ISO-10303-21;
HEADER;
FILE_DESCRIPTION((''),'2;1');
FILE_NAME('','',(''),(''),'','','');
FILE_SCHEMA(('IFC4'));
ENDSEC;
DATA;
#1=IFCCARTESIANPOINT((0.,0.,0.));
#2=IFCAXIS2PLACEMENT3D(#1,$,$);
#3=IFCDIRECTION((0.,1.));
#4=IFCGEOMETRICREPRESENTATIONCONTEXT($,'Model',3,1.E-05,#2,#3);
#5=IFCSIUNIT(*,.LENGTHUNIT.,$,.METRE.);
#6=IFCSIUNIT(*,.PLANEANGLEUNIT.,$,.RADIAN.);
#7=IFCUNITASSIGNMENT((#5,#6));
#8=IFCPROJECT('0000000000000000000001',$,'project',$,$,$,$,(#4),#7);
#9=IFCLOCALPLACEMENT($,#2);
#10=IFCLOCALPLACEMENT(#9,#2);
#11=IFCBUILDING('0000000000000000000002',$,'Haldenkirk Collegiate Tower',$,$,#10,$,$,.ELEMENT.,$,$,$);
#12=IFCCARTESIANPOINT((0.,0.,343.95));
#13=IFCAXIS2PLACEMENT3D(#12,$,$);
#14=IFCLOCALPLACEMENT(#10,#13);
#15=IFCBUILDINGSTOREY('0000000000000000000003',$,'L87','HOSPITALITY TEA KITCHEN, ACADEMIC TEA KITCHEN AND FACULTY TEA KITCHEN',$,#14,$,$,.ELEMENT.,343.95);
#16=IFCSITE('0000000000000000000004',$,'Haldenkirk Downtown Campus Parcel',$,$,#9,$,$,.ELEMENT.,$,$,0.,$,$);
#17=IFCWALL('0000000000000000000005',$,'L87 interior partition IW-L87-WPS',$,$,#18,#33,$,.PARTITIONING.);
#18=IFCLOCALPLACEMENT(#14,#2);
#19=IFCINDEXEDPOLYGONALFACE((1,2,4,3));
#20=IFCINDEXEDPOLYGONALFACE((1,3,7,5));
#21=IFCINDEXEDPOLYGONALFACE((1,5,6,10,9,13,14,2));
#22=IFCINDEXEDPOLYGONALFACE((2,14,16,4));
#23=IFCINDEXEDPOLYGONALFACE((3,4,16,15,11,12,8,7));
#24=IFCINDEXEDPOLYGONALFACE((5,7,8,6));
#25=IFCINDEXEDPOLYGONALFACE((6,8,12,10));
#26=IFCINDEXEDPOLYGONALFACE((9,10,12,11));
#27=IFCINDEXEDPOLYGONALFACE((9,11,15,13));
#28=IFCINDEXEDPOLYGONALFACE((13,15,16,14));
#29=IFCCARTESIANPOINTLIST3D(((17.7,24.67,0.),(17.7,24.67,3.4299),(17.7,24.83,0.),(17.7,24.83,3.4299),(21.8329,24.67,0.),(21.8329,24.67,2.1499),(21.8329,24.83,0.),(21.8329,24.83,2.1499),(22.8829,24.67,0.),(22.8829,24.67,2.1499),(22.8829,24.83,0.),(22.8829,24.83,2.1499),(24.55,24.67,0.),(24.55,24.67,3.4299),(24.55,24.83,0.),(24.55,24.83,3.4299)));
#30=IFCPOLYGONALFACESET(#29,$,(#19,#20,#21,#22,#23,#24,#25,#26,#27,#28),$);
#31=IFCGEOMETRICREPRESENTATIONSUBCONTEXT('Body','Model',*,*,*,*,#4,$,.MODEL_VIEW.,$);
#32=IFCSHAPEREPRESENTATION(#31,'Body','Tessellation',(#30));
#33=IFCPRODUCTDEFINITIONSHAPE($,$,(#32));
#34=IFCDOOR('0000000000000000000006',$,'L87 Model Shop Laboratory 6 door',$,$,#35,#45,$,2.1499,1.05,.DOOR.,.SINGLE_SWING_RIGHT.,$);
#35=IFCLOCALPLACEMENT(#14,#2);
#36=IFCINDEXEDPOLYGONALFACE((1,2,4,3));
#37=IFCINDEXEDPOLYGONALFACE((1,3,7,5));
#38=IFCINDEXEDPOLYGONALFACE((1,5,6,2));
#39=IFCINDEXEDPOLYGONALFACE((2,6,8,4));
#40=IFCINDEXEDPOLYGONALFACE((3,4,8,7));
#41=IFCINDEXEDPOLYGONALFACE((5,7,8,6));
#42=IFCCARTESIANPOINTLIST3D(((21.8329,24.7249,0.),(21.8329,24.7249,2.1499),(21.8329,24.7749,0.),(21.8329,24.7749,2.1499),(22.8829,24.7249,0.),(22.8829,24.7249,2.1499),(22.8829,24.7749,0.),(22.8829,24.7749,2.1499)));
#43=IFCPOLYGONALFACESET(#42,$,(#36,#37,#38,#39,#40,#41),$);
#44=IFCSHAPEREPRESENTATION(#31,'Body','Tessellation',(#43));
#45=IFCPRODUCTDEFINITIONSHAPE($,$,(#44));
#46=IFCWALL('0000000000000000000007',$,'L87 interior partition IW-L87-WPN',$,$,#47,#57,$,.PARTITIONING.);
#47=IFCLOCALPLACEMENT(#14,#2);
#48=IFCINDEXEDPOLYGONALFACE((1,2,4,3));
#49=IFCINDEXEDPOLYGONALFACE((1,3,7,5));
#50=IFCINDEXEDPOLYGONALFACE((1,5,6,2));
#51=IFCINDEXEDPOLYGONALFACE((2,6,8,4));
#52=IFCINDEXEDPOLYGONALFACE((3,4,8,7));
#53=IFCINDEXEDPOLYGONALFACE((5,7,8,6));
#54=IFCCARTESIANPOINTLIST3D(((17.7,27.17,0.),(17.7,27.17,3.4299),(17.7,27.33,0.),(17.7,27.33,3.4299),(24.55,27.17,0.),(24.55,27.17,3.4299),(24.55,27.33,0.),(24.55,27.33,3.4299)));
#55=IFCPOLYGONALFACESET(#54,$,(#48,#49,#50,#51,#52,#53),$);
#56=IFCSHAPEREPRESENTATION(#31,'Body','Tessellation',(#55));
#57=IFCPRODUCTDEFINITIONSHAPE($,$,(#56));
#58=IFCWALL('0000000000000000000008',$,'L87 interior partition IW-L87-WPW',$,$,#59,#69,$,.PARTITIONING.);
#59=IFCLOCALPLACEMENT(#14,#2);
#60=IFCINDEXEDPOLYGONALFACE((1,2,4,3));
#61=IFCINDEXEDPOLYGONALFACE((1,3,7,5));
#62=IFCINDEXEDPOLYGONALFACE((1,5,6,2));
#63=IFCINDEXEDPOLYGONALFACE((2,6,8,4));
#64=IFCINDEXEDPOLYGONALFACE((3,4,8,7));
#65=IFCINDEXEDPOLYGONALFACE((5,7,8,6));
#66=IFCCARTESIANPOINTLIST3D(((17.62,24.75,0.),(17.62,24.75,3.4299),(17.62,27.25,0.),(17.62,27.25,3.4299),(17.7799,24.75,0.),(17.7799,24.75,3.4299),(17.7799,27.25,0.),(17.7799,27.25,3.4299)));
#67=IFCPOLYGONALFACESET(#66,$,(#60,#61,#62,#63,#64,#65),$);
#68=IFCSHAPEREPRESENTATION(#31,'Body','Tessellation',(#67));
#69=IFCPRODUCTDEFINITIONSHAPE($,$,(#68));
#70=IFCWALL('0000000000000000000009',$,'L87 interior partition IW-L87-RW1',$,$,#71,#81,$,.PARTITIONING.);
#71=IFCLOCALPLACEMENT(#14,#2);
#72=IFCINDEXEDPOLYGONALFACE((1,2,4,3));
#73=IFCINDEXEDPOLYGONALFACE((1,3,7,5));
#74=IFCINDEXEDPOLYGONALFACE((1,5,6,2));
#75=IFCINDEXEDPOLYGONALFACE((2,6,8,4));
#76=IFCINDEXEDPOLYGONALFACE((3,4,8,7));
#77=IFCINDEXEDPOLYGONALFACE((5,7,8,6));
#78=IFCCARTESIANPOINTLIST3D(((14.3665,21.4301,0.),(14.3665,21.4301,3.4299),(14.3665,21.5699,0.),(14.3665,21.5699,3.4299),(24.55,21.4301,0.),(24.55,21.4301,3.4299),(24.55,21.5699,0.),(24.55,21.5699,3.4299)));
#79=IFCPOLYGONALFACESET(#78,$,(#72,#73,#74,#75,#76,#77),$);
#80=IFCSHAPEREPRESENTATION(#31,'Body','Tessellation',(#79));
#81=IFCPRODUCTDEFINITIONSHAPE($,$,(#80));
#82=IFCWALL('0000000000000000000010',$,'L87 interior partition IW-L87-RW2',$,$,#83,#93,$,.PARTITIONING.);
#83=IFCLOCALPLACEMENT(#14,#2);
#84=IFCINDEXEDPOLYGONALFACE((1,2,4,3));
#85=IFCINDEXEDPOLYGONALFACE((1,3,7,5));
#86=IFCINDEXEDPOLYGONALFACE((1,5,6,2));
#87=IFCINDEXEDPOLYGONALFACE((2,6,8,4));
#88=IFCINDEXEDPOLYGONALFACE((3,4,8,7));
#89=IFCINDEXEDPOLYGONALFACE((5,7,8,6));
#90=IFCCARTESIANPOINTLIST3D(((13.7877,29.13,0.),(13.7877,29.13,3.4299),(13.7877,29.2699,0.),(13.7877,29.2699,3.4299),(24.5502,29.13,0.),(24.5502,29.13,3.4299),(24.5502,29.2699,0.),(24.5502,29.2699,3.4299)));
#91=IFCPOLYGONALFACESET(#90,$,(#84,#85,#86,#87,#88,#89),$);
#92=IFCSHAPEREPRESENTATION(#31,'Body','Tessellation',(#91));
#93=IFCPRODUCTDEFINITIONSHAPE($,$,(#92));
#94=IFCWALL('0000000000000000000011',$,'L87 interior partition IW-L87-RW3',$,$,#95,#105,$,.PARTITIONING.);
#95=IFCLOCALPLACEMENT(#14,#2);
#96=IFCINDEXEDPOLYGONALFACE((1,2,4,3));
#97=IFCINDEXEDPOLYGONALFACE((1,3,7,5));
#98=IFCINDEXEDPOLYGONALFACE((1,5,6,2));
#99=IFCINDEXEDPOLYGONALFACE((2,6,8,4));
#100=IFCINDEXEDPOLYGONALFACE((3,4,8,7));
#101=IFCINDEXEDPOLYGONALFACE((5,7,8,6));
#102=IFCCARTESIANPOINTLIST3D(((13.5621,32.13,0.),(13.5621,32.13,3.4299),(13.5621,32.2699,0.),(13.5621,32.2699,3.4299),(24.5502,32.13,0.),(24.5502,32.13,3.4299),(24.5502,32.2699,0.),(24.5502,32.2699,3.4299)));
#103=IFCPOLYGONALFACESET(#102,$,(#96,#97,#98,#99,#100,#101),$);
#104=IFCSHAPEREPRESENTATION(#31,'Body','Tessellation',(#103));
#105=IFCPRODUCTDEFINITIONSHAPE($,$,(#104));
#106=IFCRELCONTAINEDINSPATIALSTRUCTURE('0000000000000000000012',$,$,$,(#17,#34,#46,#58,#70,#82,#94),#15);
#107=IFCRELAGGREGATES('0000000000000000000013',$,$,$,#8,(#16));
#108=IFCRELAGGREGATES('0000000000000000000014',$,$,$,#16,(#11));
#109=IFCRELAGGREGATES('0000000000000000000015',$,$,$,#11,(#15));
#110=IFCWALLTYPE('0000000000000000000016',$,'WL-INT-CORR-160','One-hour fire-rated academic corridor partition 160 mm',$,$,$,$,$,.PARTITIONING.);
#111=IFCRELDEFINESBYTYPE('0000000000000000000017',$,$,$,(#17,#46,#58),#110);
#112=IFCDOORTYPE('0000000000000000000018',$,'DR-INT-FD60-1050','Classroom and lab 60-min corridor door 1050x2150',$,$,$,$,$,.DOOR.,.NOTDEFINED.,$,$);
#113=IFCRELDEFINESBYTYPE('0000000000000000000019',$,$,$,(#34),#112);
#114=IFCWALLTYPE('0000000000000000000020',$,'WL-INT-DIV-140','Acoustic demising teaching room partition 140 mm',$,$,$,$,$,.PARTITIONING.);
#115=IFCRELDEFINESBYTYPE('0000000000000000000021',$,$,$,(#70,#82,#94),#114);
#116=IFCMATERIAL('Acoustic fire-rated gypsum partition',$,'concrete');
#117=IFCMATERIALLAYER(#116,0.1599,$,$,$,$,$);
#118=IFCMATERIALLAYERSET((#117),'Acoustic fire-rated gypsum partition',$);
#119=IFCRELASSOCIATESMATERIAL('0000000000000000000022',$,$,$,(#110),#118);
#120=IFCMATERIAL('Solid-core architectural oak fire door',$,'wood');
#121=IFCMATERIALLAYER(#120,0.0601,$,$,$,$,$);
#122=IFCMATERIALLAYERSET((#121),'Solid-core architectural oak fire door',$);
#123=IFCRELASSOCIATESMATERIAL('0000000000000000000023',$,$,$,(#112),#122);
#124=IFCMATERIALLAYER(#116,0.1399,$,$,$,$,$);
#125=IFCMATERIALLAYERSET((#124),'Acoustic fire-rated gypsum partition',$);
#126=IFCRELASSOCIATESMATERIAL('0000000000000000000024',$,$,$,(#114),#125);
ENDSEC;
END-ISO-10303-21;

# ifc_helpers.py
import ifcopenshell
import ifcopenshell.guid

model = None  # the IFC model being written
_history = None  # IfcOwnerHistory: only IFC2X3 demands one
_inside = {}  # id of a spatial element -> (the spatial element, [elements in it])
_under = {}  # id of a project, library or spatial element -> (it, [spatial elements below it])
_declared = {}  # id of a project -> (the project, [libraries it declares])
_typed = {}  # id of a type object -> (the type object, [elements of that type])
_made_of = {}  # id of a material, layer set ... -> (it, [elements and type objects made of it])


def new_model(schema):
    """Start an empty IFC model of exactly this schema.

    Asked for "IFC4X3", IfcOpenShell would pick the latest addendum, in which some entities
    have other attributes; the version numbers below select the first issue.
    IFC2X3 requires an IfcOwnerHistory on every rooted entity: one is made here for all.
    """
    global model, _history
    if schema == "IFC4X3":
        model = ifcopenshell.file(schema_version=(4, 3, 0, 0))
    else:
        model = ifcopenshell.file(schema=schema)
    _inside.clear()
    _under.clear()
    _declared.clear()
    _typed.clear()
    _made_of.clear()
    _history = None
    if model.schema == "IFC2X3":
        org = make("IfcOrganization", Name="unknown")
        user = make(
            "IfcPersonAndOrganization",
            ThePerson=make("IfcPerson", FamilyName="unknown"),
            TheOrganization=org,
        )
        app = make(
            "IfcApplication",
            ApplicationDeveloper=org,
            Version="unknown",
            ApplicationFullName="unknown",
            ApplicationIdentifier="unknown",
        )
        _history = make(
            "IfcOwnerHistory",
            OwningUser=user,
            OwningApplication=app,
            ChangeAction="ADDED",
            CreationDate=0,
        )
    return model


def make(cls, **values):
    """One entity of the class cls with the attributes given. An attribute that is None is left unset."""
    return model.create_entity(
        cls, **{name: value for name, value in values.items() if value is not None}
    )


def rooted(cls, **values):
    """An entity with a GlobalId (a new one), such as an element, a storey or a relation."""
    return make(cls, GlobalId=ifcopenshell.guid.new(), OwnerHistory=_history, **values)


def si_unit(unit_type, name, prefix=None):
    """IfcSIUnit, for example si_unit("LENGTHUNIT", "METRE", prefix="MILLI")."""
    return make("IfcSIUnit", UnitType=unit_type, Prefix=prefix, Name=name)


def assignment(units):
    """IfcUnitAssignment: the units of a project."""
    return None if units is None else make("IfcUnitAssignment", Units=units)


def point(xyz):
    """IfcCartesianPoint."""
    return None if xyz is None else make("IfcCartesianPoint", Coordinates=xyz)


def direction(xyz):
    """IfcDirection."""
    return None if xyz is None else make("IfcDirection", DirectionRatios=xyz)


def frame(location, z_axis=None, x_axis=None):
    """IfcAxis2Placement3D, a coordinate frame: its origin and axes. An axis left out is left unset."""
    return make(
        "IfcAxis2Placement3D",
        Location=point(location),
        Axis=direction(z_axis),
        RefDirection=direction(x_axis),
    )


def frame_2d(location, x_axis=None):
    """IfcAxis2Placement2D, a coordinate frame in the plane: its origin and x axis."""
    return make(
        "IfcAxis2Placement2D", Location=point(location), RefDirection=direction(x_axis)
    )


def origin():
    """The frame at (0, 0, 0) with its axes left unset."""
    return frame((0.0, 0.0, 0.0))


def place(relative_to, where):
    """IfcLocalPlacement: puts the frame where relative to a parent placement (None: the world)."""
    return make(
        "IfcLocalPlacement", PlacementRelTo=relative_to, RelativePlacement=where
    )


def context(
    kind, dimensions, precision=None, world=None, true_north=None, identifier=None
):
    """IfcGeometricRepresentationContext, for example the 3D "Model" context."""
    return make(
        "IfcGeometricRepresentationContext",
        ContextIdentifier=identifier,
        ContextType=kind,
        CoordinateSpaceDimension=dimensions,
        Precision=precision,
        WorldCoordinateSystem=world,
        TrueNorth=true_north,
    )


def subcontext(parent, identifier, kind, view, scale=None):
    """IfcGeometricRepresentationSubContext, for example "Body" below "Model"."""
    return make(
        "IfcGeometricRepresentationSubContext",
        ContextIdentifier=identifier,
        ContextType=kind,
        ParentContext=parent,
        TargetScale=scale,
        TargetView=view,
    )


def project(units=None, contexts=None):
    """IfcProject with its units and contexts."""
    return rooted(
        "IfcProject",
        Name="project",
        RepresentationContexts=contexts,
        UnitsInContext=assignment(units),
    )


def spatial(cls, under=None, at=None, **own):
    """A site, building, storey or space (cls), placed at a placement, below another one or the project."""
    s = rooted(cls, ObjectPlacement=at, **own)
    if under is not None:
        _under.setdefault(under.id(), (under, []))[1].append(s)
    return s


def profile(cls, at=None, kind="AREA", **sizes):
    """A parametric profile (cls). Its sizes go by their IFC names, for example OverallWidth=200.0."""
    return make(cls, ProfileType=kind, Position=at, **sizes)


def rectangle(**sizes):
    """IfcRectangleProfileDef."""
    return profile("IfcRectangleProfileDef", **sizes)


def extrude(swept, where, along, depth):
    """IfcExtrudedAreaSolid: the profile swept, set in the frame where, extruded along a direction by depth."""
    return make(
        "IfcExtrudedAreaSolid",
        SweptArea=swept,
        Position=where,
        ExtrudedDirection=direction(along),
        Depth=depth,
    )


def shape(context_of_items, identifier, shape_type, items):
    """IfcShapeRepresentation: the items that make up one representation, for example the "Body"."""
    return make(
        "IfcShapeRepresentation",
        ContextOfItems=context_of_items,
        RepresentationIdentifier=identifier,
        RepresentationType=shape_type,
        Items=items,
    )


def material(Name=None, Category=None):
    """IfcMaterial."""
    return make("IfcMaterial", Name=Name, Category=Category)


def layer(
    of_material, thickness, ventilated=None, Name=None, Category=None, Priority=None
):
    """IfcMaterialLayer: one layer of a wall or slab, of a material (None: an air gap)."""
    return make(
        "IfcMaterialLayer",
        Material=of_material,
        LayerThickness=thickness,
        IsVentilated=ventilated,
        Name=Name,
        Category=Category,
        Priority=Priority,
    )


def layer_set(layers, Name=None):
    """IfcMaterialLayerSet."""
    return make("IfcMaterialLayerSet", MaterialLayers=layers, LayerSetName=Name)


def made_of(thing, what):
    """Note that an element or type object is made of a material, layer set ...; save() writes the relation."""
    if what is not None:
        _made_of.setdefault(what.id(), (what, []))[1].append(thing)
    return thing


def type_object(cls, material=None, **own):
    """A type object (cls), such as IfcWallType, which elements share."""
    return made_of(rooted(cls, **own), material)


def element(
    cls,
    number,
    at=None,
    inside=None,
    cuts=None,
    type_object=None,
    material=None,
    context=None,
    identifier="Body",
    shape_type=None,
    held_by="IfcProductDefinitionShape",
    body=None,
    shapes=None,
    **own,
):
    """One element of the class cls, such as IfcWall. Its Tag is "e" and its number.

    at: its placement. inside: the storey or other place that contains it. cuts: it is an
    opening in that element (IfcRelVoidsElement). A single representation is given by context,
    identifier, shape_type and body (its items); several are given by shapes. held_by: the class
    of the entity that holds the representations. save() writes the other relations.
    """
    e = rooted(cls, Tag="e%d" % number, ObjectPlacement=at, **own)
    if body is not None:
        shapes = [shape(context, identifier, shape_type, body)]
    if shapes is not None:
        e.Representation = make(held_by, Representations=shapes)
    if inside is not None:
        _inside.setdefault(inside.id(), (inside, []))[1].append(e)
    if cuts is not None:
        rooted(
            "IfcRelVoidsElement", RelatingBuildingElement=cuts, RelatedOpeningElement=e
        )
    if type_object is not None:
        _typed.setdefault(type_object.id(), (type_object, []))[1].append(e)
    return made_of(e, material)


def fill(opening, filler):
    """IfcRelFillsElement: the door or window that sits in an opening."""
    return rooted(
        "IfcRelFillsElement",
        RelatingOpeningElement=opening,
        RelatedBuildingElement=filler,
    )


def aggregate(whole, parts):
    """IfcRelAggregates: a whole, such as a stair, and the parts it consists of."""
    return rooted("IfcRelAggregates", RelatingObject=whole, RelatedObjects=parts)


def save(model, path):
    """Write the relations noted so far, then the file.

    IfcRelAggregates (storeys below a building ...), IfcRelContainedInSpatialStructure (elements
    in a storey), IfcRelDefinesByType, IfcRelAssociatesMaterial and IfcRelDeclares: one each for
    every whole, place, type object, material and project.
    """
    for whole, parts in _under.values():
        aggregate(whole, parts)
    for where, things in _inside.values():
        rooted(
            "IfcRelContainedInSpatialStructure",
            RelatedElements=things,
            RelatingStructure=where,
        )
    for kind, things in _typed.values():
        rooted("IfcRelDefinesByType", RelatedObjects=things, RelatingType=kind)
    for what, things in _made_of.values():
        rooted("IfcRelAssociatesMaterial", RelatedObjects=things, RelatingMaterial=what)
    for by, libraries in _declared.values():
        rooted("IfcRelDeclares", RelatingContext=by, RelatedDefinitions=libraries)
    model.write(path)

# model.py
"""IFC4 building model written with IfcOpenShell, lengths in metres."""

from ifc_helpers import new_model, si_unit, direction, frame, frame_2d, origin, place, context, subcontext, project, spatial, rectangle, extrude, material, layer, layer_set, type_object, element, fill, save


model = new_model("IFC4")

# Units and contexts
model_context = context("Model", 3, precision=1e-05, world=origin(), true_north=direction((0.0, 1.0)))
body_context = subcontext(model_context, "Body", "Model", "MODEL_VIEW")
ifc_project = project(units=[si_unit("LENGTHUNIT", "METRE"), si_unit("PLANEANGLEUNIT", "RADIAN")], contexts=[model_context])

# Site, building, storey
site_placement = place(None, origin())
site = spatial("IfcSite", under=ifc_project, at=site_placement, Name="Haldenkirk Downtown Campus Parcel", CompositionType="ELEMENT", RefElevation=0.0)
building_placement = place(site_placement, origin())
building = spatial("IfcBuilding", under=site, at=building_placement, Name="Haldenkirk Collegiate Tower", CompositionType="ELEMENT")
storey_placement = place(building_placement, frame((0.0, 0.0, 343.95)))
storey = spatial("IfcBuildingStorey", under=building, at=storey_placement, Name="L87", Description="HOSPITALITY TEA KITCHEN, ACADEMIC TEA KITCHEN AND FACULTY TEA KITCHEN", CompositionType="ELEMENT", Elevation=343.95)

# Shared definitions
ifc_material_1 = material(Name="Acoustic fire-rated gypsum partition", Category="concrete")
ifc_layer_1 = layer(ifc_material_1, 0.1599)
ifc_layer_set_1 = layer_set([ifc_layer_1], Name="Acoustic fire-rated gypsum partition")
wall_type_1 = type_object("IfcWallType", Name="WL-INT-CORR-160", Description="One-hour fire-rated academic corridor partition 160 mm", PredefinedType="PARTITIONING", material=ifc_layer_set_1)
ifc_material_2 = material(Name="Solid-core architectural oak fire door", Category="wood")
ifc_layer_2 = layer(ifc_material_2, 0.0601)
ifc_layer_set_2 = layer_set([ifc_layer_2], Name="Solid-core architectural oak fire door")
door_type_1 = type_object("IfcDoorType", Name="DR-INT-FD60-1050", Description="Classroom and lab 60-min corridor door 1050x2150", OperationType="NOTDEFINED", PredefinedType="DOOR", material=ifc_layer_set_2)

# Wall, opening, door
wall_1_placement = place(storey_placement, frame((17.7, 24.75, 0.0), z_axis=(0.0, 0.0, 1.0), x_axis=(1.0, 0.0, 0.0)))
wall_1 = element("IfcWall", 1, at=wall_1_placement, inside=storey, type_object=wall_type_1, Name="L87 interior partition IW-L87-WPS", PredefinedType="PARTITIONING", context=body_context, shape_type="SweptSolid", body=[
    extrude(rectangle(XDim=6.8501, YDim=0.1599, at=frame_2d((3.425, 0.0))), origin(), (0.0, 0.0, 1.0), 3.4299),
])
opening_1_placement = place(wall_1_placement, frame((4.1331, 0.0, 0.0)))
opening_1 = element("IfcOpeningElement", 2, at=opening_1_placement, cuts=wall_1, PredefinedType="OPENING", context=body_context, shape_type="SweptSolid", body=[
    extrude(rectangle(XDim=1.05, YDim=2.1499, at=frame_2d((0.5249, 1.075))), frame((0.0, 0.0898, 0.0), z_axis=(0.0, -1.0, 0.0), x_axis=(1.0, 0.0, 0.0)), (0.0, 0.0, 1.0), 0.1799),
])
door_1_placement = place(opening_1_placement, origin())
door_1 = element("IfcDoor", 3, at=door_1_placement, inside=storey, type_object=door_type_1, Name="L87 Model Shop Laboratory 6 door", OperationType="SINGLE_SWING_RIGHT", OverallHeight=2.1499, OverallWidth=1.05, PredefinedType="DOOR", context=body_context, shape_type="SweptSolid", body=[
    extrude(rectangle(XDim=1.05, YDim=2.1499, at=frame_2d((0.5249, 1.075))), frame((0.0, 0.0249, 0.0), z_axis=(0.0, -1.0, 0.0), x_axis=(1.0, 0.0, 0.0)), (0.0, 0.0, 1.0), 0.05),
])
fill(opening_1, door_1)

# Walls
wall_2_placement = place(storey_placement, frame((17.7, 27.25, 0.0), z_axis=(0.0, 0.0, 1.0), x_axis=(1.0, 0.0, 0.0)))
element("IfcWall", 4, at=wall_2_placement, inside=storey, type_object=wall_type_1, Name="L87 interior partition IW-L87-WPN", PredefinedType="PARTITIONING", context=body_context, shape_type="SweptSolid", body=[
    extrude(rectangle(XDim=6.8501, YDim=0.1599, at=frame_2d((3.425, 0.0))), origin(), (0.0, 0.0, 1.0), 3.4299),
])
wall_3_placement = place(storey_placement, frame((17.7, 24.75, 0.0), z_axis=(0.0, 0.0, 1.0), x_axis=(0.0, 1.0, 0.0)))
element("IfcWall", 5, at=wall_3_placement, inside=storey, type_object=wall_type_1, Name="L87 interior partition IW-L87-WPW", PredefinedType="PARTITIONING", context=body_context, shape_type="SweptSolid", body=[
    extrude(rectangle(XDim=2.5, YDim=0.1599, at=frame_2d((1.25, 0.0))), origin(), (0.0, 0.0, 1.0), 3.4299),
])
ifc_layer_3 = layer(ifc_material_1, 0.1399)
ifc_layer_set_3 = layer_set([ifc_layer_3], Name="Acoustic fire-rated gypsum partition")
wall_type_2 = type_object("IfcWallType", Name="WL-INT-DIV-140", Description="Acoustic demising teaching room partition 140 mm", PredefinedType="PARTITIONING", material=ifc_layer_set_3)
wall_4_placement = place(storey_placement, frame((14.3665, 21.5, 0.0), z_axis=(0.0, 0.0, 1.0), x_axis=(1.0, 0.0, 0.0)))
element("IfcWall", 6, at=wall_4_placement, inside=storey, type_object=wall_type_2, Name="L87 interior partition IW-L87-RW1", PredefinedType="PARTITIONING", context=body_context, shape_type="SweptSolid", body=[
    extrude(rectangle(XDim=10.1836, YDim=0.1399, at=frame_2d((5.0918, 0.0))), origin(), (0.0, 0.0, 1.0), 3.4299),
])
wall_5_placement = place(storey_placement, frame((13.7876, 29.2, 0.0), z_axis=(0.0, 0.0, 1.0), x_axis=(1.0, 0.0, 0.0)))
element("IfcWall", 7, at=wall_5_placement, inside=storey, type_object=wall_type_2, Name="L87 interior partition IW-L87-RW2", PredefinedType="PARTITIONING", context=body_context, shape_type="SweptSolid", body=[
    extrude(rectangle(XDim=10.7625, YDim=0.1399, at=frame_2d((5.3813, 0.0))), origin(), (0.0, 0.0, 1.0), 3.4299),
])
wall_6_placement = place(storey_placement, frame((13.562, 32.2, 0.0), z_axis=(0.0, 0.0, 1.0), x_axis=(1.0, 0.0, 0.0)))
element("IfcWall", 8, at=wall_6_placement, inside=storey, type_object=wall_type_2, Name="L87 interior partition IW-L87-RW3", PredefinedType="PARTITIONING", context=body_context, shape_type="SweptSolid", body=[
    extrude(rectangle(XDim=10.988, YDim=0.1399, at=frame_2d((5.4941, 0.0))), origin(), (0.0, 0.0, 1.0), 3.4299),
])

save(model, "model.ifc")
